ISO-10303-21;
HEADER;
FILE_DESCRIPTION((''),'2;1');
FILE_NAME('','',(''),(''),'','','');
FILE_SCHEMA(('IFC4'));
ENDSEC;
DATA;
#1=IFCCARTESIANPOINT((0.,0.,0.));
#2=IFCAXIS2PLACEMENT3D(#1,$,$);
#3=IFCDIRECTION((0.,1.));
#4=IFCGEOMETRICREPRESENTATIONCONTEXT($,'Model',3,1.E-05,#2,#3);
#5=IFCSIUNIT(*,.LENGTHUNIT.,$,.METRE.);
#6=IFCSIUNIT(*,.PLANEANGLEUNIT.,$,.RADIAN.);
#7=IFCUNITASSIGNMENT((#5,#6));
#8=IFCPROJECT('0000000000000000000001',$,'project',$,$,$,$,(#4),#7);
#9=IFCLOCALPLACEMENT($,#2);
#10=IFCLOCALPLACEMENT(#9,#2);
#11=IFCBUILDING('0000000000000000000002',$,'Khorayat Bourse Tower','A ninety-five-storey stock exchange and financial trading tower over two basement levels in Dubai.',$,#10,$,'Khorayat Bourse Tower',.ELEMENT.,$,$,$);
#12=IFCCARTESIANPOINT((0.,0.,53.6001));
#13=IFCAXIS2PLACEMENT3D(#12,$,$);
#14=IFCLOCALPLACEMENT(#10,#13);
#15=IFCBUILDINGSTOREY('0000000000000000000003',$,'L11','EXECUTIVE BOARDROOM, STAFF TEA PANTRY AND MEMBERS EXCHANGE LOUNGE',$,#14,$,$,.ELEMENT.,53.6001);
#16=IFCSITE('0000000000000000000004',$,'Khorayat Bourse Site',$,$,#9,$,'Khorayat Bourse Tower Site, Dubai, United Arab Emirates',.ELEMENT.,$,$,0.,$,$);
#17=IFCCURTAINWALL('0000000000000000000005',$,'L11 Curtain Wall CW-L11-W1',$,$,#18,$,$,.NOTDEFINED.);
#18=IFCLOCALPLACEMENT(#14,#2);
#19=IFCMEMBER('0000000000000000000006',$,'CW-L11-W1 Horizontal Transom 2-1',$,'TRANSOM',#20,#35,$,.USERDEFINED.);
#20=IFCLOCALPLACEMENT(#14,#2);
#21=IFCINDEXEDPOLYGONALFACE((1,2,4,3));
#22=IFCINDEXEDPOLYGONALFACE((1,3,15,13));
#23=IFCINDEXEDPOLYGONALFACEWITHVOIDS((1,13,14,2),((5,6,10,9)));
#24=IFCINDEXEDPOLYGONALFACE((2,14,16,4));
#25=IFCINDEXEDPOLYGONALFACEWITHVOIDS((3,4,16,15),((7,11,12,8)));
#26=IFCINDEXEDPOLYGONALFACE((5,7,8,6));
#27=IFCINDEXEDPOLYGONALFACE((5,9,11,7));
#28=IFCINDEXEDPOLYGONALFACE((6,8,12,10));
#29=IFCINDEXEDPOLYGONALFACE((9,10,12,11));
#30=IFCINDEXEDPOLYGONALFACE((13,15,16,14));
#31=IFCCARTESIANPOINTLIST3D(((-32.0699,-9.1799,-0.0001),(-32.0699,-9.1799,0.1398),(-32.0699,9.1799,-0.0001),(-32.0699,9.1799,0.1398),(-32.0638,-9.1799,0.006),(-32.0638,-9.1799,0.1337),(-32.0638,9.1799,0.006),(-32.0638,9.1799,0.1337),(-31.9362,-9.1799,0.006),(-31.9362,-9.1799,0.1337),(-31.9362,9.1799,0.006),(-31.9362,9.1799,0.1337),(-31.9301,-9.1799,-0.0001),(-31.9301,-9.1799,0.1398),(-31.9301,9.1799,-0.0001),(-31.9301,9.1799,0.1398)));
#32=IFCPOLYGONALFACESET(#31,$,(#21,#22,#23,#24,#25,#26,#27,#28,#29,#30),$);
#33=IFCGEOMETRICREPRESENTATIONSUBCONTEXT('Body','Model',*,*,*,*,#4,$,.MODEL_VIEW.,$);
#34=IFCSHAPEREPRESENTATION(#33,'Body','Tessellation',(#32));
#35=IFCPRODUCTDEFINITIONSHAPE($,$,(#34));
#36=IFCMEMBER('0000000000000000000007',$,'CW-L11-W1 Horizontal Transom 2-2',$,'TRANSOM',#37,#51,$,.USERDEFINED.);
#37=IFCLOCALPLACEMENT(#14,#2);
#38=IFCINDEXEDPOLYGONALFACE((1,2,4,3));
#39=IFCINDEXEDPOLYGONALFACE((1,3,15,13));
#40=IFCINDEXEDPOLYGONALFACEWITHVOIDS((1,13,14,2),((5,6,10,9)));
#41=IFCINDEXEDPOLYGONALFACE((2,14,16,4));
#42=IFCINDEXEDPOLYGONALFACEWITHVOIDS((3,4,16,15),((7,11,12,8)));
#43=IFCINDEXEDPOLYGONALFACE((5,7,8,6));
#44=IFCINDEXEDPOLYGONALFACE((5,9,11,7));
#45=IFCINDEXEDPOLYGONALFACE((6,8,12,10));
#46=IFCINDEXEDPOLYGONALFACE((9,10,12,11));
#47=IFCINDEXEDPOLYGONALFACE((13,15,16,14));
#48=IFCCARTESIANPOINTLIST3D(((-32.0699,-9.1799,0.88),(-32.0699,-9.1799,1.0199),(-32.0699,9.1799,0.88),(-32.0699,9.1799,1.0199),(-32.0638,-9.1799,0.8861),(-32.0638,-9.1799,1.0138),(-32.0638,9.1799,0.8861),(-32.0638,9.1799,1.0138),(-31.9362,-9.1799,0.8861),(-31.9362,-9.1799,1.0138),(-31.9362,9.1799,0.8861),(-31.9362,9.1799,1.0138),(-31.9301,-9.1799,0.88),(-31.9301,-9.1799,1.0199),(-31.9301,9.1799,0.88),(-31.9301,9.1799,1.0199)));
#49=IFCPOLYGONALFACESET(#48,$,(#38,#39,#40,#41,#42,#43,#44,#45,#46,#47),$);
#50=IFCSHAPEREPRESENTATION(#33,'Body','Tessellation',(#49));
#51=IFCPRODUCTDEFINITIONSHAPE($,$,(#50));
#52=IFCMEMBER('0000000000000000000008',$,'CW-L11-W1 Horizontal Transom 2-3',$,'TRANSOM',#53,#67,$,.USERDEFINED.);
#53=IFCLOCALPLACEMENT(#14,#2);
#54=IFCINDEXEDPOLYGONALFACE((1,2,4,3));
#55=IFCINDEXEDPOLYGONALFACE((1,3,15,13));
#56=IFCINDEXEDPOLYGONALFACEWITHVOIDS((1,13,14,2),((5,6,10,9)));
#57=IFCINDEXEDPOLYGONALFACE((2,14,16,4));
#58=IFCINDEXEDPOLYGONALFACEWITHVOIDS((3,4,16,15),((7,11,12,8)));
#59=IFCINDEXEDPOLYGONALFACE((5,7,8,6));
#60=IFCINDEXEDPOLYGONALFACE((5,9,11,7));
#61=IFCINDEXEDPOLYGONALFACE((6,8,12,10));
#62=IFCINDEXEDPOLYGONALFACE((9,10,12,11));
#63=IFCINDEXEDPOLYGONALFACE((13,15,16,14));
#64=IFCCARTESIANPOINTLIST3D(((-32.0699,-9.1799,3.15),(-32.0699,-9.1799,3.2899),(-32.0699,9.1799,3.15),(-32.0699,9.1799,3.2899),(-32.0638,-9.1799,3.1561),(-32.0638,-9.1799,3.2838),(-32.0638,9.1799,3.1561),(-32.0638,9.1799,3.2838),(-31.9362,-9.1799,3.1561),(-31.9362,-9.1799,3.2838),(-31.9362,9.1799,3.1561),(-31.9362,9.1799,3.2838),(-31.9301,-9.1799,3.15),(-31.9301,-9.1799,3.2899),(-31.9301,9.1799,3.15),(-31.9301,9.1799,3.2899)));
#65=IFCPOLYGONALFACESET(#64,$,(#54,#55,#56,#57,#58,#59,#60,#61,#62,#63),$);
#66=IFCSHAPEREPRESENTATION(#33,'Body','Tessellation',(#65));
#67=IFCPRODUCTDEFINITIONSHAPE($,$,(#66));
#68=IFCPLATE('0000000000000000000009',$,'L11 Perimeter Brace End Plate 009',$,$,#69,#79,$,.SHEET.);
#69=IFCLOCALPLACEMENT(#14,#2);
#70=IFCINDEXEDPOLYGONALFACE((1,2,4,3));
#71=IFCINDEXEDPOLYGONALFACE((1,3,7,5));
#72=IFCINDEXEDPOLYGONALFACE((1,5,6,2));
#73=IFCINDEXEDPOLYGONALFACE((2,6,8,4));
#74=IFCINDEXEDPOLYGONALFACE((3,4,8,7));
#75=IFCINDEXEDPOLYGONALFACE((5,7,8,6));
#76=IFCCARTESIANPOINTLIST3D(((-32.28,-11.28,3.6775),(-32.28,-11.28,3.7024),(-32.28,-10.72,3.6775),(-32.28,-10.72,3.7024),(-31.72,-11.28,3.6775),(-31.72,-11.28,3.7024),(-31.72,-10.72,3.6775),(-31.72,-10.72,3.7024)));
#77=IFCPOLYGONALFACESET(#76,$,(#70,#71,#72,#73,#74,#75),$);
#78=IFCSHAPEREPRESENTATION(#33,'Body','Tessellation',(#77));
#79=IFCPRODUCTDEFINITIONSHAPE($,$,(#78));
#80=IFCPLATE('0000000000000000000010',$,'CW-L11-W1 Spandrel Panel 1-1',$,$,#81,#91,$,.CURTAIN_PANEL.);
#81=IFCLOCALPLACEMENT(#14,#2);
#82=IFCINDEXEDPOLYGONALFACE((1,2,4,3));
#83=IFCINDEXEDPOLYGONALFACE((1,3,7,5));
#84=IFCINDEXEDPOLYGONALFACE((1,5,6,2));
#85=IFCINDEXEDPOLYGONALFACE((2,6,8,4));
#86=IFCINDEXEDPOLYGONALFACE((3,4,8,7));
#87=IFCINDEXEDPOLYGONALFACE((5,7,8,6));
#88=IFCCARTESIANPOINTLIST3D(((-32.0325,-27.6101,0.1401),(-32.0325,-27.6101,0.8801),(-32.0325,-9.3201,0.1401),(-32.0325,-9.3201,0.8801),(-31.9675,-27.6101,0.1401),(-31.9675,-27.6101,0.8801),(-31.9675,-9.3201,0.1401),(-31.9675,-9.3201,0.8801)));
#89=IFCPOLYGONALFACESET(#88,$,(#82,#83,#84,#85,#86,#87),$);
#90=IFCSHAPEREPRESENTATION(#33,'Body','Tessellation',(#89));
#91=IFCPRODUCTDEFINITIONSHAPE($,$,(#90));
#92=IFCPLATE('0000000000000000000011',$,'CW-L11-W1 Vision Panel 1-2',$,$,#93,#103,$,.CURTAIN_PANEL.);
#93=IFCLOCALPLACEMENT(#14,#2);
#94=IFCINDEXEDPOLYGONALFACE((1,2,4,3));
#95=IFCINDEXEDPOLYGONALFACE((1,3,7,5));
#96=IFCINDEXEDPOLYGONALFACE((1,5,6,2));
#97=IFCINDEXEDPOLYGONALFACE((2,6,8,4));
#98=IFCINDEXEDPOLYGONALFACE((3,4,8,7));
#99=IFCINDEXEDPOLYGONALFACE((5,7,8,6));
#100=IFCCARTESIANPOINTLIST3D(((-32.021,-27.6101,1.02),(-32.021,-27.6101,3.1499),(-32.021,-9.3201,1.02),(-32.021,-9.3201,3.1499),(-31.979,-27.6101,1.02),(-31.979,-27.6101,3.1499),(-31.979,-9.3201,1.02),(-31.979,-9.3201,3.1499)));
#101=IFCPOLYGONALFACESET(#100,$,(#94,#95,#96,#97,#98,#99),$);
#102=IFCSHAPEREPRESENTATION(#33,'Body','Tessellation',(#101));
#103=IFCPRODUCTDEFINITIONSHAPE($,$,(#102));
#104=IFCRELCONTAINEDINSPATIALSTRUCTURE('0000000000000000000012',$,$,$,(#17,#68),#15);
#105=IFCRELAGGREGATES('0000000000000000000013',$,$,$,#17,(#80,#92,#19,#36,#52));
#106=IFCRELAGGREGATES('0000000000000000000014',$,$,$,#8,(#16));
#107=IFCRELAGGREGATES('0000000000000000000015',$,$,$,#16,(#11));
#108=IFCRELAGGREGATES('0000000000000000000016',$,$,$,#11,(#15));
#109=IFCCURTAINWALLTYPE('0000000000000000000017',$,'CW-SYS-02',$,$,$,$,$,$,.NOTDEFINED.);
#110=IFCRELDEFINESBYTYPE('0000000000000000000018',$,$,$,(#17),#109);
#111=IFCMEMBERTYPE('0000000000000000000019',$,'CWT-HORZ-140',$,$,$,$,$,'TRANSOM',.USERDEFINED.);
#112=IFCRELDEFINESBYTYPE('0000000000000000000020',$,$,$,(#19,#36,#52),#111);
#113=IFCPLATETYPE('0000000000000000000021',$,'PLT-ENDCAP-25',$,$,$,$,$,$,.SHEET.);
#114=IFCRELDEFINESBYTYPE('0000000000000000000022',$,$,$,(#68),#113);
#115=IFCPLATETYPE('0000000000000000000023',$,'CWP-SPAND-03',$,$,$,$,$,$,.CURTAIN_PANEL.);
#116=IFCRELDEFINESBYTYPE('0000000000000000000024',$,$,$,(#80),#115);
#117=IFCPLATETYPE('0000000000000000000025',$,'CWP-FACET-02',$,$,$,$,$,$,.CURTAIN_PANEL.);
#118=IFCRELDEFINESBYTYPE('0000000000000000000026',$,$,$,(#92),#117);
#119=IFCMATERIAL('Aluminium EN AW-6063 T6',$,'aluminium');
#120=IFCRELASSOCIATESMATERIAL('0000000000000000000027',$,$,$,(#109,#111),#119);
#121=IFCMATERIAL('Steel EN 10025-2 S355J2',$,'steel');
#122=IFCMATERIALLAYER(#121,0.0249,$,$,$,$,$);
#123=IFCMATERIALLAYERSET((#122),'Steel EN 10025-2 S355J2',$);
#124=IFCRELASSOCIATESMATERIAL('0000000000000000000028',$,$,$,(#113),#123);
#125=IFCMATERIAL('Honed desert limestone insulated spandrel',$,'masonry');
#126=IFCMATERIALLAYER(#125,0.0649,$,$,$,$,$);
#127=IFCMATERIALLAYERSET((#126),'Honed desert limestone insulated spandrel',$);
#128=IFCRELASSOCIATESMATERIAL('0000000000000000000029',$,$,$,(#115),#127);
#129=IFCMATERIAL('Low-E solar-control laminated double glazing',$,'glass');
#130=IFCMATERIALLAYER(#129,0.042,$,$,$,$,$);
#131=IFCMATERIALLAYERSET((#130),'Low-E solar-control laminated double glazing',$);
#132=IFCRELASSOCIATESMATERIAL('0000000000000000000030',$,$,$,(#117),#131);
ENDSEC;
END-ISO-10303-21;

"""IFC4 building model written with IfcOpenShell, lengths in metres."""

from ifc_helpers import new_model, si_unit, direction, frame, origin, origin_2d, place, context, subcontext, project, spatial, rectangle, hollow_rectangle, extrude, source, transform, mapped, material, layer, layer_set, material_profile, profile_set, type_object, element, aggregate, save


model = new_model("IFC4")

# Units and contexts
model_context = context("Model", 3, precision=1e-05, world=origin(), true_north=direction((0.0, 1.0)))
body_context = subcontext(model_context, "Body", "Model", "MODEL_VIEW")
ifc_project = project(units=[si_unit("LENGTHUNIT", "METRE"), si_unit("PLANEANGLEUNIT", "RADIAN")], contexts=[model_context])

# Site, building, storey
site_placement = place(None, origin())
site = spatial("IfcSite", under=ifc_project, at=site_placement, Name="Khorayat Bourse Site", LongName="Khorayat Bourse Tower Site, Dubai, United Arab Emirates", CompositionType="ELEMENT", RefElevation=0.0)
building_placement = place(site_placement, origin())
building = spatial("IfcBuilding", under=site, at=building_placement, Name="Khorayat Bourse Tower", Description="A ninety-five-storey stock exchange and financial trading tower over two basement levels in Dubai.", LongName="Khorayat Bourse Tower", CompositionType="ELEMENT")
storey_placement = place(building_placement, frame((0.0, 0.0, 53.6001)))
storey = spatial("IfcBuildingStorey", under=building, at=storey_placement, Name="L11", Description="EXECUTIVE BOARDROOM, STAFF TEA PANTRY AND MEMBERS EXCHANGE LOUNGE", CompositionType="ELEMENT", Elevation=53.6001)

# Curtain wall, members
ifc_material_1 = material(Name="Aluminium EN AW-6063 T6", Category="aluminium")
curtain_wall_type = type_object("IfcCurtainWallType", Name="CW-SYS-02", PredefinedType="NOTDEFINED", material=ifc_material_1)
curtain_wall_placement = place(storey_placement, origin())
curtain_wall = element("IfcCurtainWall", 1, at=curtain_wall_placement, inside=storey, type_object=curtain_wall_type, Name="L11 Curtain Wall CW-L11-W1", PredefinedType="NOTDEFINED")
ifc_material_profile_1 = material_profile(ifc_material_1, hollow_rectangle(XDim=0.1399, YDim=0.1399, WallThickness=0.0061, at=origin_2d()), Name="ALU 140x140x6")
ifc_profile_set_1 = profile_set([ifc_material_profile_1], Name="Aluminium EN AW-6063 T6")
member_type_1 = type_object("IfcMemberType", Name="CWT-HORZ-140", ElementType="TRANSOM", PredefinedType="USERDEFINED", material=ifc_profile_set_1)
shared_shape_1 = source(origin(), body_context, "Body", "SweptSolid", [
    extrude(hollow_rectangle(XDim=0.1399, YDim=0.1399, WallThickness=0.0061, at=origin_2d()), origin(), (0.0, 0.0, 1.0), 18.3599),
])
member_1_placement = place(storey_placement, frame((-32.0, -9.1799, 0.0698), z_axis=(0.0, 1.0, 0.0), x_axis=(-1.0, 0.0, 0.0)))
member_1 = element("IfcMember", 2, at=member_1_placement, type_object=member_type_1, Name="CW-L11-W1 Horizontal Transom 2-1", ObjectType="TRANSOM", PredefinedType="USERDEFINED", context=body_context, shape_type="MappedRepresentation", body=[
    mapped(shared_shape_1, transform((0.0, 0.0, 0.0), scale=1.0)),
])
member_2_placement = place(storey_placement, frame((-32.0, -9.1799, 0.95), z_axis=(0.0, 1.0, 0.0), x_axis=(-1.0, 0.0, 0.0)))
member_2 = element("IfcMember", 3, at=member_2_placement, type_object=member_type_1, Name="CW-L11-W1 Horizontal Transom 2-2", ObjectType="TRANSOM", PredefinedType="USERDEFINED", context=body_context, shape_type="MappedRepresentation", body=[
    mapped(shared_shape_1, transform((0.0, 0.0, 0.0), scale=1.0)),
])
member_3_placement = place(storey_placement, frame((-32.0, -9.1799, 3.22), z_axis=(0.0, 1.0, 0.0), x_axis=(-1.0, 0.0, 0.0)))
member_3 = element("IfcMember", 4, at=member_3_placement, type_object=member_type_1, Name="CW-L11-W1 Horizontal Transom 2-3", ObjectType="TRANSOM", PredefinedType="USERDEFINED", context=body_context, shape_type="MappedRepresentation", body=[
    mapped(shared_shape_1, transform((0.0, 0.0, 0.0), scale=1.0)),
])

# Plates
ifc_material_2 = material(Name="Steel EN 10025-2 S355J2", Category="steel")
ifc_layer_1 = layer(ifc_material_2, 0.0249)
ifc_layer_set_1 = layer_set([ifc_layer_1], Name="Steel EN 10025-2 S355J2")
plate_type_1 = type_object("IfcPlateType", Name="PLT-ENDCAP-25", PredefinedType="SHEET", material=ifc_layer_set_1)
shared_shape_2 = source(origin(), body_context, "Body", "SweptSolid", [
    extrude(rectangle(XDim=0.5601, YDim=0.5601, at=origin_2d()), origin(), (0.0, 0.0, 1.0), 0.0249),
])
plate_1_placement = place(storey_placement, frame((-32.0, -11.0, 3.6775), z_axis=(0.0, 0.0, 1.0), x_axis=(1.0, 0.0, 0.0)))
element("IfcPlate", 5, at=plate_1_placement, inside=storey, type_object=plate_type_1, Name="L11 Perimeter Brace End Plate 009", PredefinedType="SHEET", context=body_context, shape_type="MappedRepresentation", body=[
    mapped(shared_shape_2, transform((0.0, 0.0, 0.0), scale=1.0)),
])
ifc_material_3 = material(Name="Honed desert limestone insulated spandrel", Category="masonry")
ifc_layer_2 = layer(ifc_material_3, 0.0649)
ifc_layer_set_2 = layer_set([ifc_layer_2], Name="Honed desert limestone insulated spandrel")
plate_type_2 = type_object("IfcPlateType", Name="CWP-SPAND-03", PredefinedType="CURTAIN_PANEL", material=ifc_layer_set_2)
shared_shape_3 = source(origin(), body_context, "Body", "SweptSolid", [
    extrude(rectangle(XDim=18.29, YDim=0.0649, at=origin_2d()), origin(), (0.0, 0.0, 1.0), 0.74),
])
plate_2_placement = place(storey_placement, frame((-32.0, -18.4651, 0.1401), z_axis=(0.0, 0.0, 1.0), x_axis=(0.0, 1.0, 0.0)))
plate_2 = element("IfcPlate", 6, at=plate_2_placement, type_object=plate_type_2, Name="CW-L11-W1 Spandrel Panel 1-1", PredefinedType="CURTAIN_PANEL", context=body_context, shape_type="MappedRepresentation", body=[
    mapped(shared_shape_3, transform((0.0, 0.0, 0.0), scale=1.0)),
])
ifc_material_4 = material(Name="Low-E solar-control laminated double glazing", Category="glass")
ifc_layer_3 = layer(ifc_material_4, 0.042)
ifc_layer_set_3 = layer_set([ifc_layer_3], Name="Low-E solar-control laminated double glazing")
plate_type_3 = type_object("IfcPlateType", Name="CWP-FACET-02", PredefinedType="CURTAIN_PANEL", material=ifc_layer_set_3)
shared_shape_4 = source(origin(), body_context, "Body", "SweptSolid", [
    extrude(rectangle(XDim=18.29, YDim=0.042, at=origin_2d()), origin(), (0.0, 0.0, 1.0), 2.1299),
])
plate_3_placement = place(storey_placement, frame((-32.0, -18.4651, 1.02), z_axis=(0.0, 0.0, 1.0), x_axis=(0.0, 1.0, 0.0)))
plate_3 = element("IfcPlate", 7, at=plate_3_placement, type_object=plate_type_3, Name="CW-L11-W1 Vision Panel 1-2", PredefinedType="CURTAIN_PANEL", context=body_context, shape_type="MappedRepresentation", body=[
    mapped(shared_shape_4, transform((0.0, 0.0, 0.0), scale=1.0)),
])
aggregate(curtain_wall, [plate_2, plate_3, member_1, member_2, member_3])

save(model, "model.ifc")
